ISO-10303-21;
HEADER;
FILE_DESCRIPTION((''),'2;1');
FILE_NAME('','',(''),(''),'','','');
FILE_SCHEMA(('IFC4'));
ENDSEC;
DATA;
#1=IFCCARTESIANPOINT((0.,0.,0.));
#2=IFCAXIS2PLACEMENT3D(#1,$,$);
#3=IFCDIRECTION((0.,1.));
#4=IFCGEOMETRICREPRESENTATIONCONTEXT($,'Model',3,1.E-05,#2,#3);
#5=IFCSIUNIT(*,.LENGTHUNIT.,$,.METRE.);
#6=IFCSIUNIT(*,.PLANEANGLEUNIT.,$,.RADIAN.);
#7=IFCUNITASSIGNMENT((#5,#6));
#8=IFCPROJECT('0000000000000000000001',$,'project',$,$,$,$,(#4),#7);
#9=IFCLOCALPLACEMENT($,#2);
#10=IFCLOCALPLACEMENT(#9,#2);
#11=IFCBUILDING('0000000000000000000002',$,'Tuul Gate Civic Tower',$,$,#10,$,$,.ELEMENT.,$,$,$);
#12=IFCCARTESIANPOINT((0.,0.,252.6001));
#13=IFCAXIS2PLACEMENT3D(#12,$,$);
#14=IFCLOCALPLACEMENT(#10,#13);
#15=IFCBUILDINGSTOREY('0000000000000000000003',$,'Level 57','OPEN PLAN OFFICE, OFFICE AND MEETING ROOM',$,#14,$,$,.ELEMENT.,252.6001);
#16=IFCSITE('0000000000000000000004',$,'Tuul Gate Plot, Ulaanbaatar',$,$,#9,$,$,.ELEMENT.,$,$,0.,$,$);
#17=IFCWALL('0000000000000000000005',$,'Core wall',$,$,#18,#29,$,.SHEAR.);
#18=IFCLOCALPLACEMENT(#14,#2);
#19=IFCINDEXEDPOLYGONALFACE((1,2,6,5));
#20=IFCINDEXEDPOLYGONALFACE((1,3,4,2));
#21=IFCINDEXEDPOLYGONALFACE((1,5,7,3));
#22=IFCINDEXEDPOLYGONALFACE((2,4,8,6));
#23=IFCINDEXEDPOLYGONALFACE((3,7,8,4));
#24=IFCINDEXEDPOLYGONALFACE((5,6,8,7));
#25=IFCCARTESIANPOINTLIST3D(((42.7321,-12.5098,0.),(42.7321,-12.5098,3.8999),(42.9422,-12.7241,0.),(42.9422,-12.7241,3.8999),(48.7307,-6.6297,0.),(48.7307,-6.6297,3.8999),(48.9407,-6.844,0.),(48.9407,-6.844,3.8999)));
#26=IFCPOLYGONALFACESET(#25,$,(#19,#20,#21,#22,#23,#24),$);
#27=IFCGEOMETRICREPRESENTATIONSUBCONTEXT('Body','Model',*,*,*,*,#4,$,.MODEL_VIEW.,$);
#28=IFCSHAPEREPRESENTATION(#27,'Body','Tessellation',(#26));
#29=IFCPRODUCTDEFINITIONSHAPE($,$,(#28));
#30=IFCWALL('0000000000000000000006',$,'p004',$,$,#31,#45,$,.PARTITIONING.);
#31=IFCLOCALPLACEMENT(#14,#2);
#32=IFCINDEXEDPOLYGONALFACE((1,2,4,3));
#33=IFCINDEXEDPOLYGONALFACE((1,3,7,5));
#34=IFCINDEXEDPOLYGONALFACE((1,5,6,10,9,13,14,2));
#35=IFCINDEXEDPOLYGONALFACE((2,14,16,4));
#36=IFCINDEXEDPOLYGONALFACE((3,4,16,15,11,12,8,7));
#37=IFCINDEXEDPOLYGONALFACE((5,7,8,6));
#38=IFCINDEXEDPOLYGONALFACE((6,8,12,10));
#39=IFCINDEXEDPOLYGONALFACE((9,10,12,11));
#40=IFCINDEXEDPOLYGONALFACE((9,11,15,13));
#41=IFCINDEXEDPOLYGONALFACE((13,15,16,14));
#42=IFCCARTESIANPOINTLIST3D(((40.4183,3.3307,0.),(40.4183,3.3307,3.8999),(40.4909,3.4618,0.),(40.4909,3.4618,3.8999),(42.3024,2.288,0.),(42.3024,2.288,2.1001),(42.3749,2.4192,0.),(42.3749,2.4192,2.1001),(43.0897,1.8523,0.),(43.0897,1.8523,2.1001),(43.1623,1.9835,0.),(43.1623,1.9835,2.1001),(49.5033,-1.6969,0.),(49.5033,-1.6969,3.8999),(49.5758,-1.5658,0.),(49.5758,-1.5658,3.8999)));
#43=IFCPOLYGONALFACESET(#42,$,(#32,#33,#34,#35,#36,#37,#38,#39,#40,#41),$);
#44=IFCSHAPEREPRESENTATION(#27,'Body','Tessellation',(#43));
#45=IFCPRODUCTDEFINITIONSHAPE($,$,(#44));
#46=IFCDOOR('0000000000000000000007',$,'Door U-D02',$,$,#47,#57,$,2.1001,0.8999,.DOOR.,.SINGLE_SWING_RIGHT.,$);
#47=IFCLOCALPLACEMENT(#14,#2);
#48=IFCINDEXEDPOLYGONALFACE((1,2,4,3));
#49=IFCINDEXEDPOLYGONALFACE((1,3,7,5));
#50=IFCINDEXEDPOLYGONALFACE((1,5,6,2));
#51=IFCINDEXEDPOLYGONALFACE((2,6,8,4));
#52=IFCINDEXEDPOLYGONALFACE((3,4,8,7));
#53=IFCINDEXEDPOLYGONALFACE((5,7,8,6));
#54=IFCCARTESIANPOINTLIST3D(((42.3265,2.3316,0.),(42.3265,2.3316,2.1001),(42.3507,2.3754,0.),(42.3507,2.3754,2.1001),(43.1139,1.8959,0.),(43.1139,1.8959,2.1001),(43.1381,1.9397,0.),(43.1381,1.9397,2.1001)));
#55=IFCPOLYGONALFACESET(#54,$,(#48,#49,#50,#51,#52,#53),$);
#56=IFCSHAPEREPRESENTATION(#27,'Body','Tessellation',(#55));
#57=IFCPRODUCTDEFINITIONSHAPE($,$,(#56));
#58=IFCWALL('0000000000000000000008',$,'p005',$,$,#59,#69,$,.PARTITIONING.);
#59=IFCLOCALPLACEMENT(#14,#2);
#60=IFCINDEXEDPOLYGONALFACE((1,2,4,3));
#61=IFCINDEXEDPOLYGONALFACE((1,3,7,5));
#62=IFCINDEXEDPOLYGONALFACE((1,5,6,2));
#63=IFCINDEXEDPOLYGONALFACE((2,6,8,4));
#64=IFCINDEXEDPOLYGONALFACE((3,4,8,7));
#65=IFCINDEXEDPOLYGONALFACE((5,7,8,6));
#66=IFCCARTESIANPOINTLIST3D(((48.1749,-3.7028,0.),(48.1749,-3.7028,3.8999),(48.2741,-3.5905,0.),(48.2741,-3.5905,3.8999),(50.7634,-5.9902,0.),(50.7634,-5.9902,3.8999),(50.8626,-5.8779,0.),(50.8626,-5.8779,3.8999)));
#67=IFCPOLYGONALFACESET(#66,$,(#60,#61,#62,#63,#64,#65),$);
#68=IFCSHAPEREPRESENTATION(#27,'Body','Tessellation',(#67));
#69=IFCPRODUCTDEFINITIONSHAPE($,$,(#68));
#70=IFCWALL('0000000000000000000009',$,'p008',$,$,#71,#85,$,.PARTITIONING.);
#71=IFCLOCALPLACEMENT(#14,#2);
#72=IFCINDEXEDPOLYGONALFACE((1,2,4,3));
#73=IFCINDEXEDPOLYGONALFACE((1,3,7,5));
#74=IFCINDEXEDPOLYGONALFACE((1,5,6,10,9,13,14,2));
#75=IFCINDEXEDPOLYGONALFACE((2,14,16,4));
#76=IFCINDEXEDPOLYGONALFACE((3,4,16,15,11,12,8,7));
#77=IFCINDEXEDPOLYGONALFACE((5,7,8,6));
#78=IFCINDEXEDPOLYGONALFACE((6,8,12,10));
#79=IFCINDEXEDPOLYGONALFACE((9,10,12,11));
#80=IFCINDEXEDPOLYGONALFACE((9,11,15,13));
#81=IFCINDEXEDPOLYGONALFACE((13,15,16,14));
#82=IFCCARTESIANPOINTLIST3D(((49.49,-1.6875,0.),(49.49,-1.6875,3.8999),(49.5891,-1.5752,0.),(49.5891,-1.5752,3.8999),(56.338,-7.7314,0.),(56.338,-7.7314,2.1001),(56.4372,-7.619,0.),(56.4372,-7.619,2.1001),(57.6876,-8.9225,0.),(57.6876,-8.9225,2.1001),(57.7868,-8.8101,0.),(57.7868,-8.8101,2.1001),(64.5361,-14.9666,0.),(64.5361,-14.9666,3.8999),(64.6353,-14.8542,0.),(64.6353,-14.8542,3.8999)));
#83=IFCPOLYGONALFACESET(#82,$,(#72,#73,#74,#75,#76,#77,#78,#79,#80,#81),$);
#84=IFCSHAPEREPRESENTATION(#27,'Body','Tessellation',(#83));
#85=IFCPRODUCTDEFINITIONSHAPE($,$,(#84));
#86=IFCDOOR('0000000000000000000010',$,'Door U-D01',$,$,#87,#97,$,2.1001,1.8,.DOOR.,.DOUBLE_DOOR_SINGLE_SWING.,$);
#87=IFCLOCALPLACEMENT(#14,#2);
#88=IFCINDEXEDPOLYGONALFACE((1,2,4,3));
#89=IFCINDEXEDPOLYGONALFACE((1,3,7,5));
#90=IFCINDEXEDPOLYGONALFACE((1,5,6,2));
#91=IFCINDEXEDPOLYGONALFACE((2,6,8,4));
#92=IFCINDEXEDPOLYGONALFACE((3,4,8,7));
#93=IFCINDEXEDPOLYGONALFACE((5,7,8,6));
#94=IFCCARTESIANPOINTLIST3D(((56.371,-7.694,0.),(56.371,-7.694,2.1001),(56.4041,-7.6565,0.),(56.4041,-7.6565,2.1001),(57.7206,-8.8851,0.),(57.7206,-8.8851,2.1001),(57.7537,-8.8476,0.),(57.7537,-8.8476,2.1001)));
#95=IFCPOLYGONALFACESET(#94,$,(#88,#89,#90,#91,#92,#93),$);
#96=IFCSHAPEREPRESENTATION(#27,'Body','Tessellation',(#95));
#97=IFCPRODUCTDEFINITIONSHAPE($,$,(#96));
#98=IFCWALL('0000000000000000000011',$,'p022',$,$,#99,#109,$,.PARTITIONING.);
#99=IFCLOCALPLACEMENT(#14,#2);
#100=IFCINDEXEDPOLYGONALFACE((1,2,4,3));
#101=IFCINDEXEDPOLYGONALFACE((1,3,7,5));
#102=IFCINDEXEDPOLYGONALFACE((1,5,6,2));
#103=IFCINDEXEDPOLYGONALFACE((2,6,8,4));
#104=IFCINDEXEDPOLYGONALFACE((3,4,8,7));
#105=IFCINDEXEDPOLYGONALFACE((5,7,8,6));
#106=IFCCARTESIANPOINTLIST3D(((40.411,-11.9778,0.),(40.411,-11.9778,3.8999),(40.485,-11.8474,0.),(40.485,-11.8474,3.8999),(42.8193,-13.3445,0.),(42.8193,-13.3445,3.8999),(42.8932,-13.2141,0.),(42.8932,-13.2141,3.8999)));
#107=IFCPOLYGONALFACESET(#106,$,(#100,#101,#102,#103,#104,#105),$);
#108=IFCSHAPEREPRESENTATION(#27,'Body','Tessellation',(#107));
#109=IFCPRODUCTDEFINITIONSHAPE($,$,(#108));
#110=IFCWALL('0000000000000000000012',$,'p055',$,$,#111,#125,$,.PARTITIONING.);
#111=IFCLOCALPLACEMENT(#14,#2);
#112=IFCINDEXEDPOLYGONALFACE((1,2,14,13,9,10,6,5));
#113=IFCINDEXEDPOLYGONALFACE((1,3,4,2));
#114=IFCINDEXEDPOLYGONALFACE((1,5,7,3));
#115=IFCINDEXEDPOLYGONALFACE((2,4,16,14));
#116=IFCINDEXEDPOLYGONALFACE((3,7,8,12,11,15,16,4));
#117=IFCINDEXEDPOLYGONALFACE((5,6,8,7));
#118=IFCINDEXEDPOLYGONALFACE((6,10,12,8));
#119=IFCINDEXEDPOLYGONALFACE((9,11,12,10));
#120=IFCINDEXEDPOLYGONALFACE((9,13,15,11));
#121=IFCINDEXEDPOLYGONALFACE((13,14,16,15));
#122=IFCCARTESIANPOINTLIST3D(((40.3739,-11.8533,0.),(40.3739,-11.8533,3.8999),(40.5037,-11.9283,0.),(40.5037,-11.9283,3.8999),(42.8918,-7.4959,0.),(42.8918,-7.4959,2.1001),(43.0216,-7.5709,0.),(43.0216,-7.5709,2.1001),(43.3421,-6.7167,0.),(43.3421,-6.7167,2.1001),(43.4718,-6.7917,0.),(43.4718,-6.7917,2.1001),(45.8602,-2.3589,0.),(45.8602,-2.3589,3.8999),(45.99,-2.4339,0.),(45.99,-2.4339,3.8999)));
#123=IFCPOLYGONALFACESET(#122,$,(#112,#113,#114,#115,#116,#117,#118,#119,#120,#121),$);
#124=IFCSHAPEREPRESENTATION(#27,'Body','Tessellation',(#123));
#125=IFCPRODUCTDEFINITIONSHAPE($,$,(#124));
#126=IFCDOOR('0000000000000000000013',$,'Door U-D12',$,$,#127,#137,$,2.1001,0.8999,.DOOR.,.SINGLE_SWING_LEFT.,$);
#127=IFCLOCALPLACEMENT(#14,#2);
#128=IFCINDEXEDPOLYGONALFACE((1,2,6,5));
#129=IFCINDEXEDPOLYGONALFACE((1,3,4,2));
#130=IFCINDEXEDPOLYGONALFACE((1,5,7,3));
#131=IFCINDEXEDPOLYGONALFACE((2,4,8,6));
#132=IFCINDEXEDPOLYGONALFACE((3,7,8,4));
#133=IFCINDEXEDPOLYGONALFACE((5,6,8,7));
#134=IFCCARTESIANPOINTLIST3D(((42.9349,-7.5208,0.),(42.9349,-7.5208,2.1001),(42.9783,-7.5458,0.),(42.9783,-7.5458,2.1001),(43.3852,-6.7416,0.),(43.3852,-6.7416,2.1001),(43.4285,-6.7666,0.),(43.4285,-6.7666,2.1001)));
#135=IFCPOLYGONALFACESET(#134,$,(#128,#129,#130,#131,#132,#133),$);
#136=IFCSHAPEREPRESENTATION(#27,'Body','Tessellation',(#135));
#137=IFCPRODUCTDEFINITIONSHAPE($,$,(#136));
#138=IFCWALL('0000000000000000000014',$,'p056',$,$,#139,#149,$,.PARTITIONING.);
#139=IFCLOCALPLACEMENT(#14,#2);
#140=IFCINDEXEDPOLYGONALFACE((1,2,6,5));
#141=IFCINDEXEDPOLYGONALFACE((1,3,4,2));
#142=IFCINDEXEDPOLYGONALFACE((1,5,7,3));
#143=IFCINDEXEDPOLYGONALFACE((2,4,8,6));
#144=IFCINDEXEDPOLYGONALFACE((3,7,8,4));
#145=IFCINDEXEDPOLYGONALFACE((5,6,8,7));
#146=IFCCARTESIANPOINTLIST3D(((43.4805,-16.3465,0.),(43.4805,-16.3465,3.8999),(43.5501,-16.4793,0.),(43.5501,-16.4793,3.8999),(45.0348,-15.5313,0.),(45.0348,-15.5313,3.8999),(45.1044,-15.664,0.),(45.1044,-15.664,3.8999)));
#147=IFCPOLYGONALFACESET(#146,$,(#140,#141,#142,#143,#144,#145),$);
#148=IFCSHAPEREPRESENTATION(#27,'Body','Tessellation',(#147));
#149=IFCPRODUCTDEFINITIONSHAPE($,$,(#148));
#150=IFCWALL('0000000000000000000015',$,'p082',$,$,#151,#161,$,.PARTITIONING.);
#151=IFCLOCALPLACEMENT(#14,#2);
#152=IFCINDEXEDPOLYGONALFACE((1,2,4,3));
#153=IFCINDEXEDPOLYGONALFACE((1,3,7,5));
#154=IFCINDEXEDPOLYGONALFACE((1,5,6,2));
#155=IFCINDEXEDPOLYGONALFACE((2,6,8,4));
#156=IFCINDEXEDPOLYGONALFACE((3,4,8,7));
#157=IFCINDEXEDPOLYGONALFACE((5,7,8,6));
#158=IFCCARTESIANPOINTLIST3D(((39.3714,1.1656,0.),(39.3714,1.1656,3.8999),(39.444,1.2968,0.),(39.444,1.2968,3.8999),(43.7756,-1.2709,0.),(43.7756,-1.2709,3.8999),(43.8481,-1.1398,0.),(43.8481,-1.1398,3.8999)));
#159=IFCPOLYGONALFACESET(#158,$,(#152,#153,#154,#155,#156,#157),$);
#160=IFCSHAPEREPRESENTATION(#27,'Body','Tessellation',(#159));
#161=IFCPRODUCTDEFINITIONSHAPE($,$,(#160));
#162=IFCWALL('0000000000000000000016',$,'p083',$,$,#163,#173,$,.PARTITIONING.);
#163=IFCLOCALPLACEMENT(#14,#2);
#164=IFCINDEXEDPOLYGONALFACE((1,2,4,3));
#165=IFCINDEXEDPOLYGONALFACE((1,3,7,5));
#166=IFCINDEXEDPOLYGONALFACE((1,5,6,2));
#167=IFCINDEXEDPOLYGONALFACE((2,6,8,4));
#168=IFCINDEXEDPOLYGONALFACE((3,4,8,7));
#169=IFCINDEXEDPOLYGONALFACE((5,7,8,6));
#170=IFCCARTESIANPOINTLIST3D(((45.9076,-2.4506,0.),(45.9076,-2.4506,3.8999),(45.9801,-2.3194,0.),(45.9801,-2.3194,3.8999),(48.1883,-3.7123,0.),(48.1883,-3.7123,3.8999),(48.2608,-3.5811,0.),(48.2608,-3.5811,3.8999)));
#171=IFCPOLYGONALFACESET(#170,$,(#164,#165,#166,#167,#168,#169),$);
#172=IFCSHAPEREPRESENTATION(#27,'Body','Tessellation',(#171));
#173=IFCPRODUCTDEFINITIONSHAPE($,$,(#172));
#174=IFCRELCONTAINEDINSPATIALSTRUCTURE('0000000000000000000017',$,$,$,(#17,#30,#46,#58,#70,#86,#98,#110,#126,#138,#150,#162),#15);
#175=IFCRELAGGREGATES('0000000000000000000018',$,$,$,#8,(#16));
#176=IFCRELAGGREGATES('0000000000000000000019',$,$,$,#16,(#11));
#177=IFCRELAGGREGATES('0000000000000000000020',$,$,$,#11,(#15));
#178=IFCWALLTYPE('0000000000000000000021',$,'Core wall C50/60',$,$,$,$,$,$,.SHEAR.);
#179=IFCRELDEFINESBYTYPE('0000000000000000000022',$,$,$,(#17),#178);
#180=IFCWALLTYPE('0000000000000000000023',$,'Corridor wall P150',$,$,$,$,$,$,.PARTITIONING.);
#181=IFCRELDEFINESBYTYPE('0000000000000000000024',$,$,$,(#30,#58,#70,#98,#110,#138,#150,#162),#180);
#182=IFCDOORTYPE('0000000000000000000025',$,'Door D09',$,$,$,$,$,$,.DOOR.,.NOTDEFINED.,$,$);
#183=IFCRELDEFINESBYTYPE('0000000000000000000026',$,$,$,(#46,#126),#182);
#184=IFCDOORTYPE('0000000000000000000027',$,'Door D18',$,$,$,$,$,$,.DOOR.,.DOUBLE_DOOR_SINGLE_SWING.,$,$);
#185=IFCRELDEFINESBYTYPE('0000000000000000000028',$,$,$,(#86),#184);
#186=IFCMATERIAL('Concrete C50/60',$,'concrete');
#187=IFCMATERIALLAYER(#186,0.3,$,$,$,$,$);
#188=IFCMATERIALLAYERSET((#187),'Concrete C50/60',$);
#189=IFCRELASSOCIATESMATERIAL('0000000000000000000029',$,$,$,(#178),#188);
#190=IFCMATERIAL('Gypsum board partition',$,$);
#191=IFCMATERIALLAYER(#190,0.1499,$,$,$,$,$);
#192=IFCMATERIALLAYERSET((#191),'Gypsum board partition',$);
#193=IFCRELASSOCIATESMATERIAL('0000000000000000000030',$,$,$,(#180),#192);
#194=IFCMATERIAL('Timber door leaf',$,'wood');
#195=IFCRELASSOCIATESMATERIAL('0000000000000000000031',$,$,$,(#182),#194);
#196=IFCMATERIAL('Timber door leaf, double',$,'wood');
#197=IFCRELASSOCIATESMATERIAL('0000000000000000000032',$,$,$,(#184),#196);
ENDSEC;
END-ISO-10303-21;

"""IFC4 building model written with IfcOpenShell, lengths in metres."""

from ifc_helpers import new_model, si_unit, direction, frame, frame_2d, origin, place, context, subcontext, project, spatial, rectangle, extrude, material, layer, layer_set, type_object, element, fill, save


model = new_model("IFC4")

# Units and contexts
model_context = context("Model", 3, precision=1e-05, world=origin(), true_north=direction((0.0, 1.0)))
body_context = subcontext(model_context, "Body", "Model", "MODEL_VIEW")
ifc_project = project(units=[si_unit("LENGTHUNIT", "METRE"), si_unit("PLANEANGLEUNIT", "RADIAN")], contexts=[model_context])

# Site, building, storey
site_placement = place(None, origin())
site = spatial("IfcSite", under=ifc_project, at=site_placement, Name="Tuul Gate Plot, Ulaanbaatar", CompositionType="ELEMENT", RefElevation=0.0)
building_placement = place(site_placement, origin())
building = spatial("IfcBuilding", under=site, at=building_placement, Name="Tuul Gate Civic Tower", CompositionType="ELEMENT")
storey_placement = place(building_placement, frame((0.0, 0.0, 252.6001)))
storey = spatial("IfcBuildingStorey", under=building, at=storey_placement, Name="Level 57", Description="OPEN PLAN OFFICE, OFFICE AND MEETING ROOM", CompositionType="ELEMENT", Elevation=252.6001)

# Shared definitions
ifc_material_1 = material(Name="Concrete C50/60", Category="concrete")
ifc_layer_1 = layer(ifc_material_1, 0.3)
ifc_layer_set_1 = layer_set([ifc_layer_1], Name="Concrete C50/60")
wall_type_1 = type_object("IfcWallType", Name="Core wall C50/60", PredefinedType="SHEAR", material=ifc_layer_set_1)

# Wall
wall_1_placement = place(storey_placement, frame((42.8372, -12.6169, 0.0), z_axis=(0.0, 0.0, 1.0), x_axis=(0.71412, 0.700023, 0.0)))
element("IfcWall", 1, at=wall_1_placement, inside=storey, type_object=wall_type_1, Name="Core wall", PredefinedType="SHEAR", context=body_context, shape_type="SweptSolid", body=[
    extrude(rectangle(XDim=8.3999, YDim=0.3, at=frame_2d((4.2, 0.0))), origin(), (0.0, 0.0, 1.0), 3.8999),
])

# Wall, opening, door
ifc_material_2 = material(Name="Gypsum board partition")
ifc_layer_2 = layer(ifc_material_2, 0.1499)
ifc_layer_set_2 = layer_set([ifc_layer_2], Name="Gypsum board partition")
wall_type_2 = type_object("IfcWallType", Name="Corridor wall P150", PredefinedType="PARTITIONING", material=ifc_layer_set_2)
wall_2_placement = place(storey_placement, frame((40.4546, 3.3962, 0.0), z_axis=(0.0, 0.0, 1.0), x_axis=(0.874958, -0.484199, 0.0)))
wall_2 = element("IfcWall", 2, at=wall_2_placement, inside=storey, type_object=wall_type_2, Name="p004", PredefinedType="PARTITIONING", context=body_context, shape_type="SweptSolid", body=[
    extrude(rectangle(XDim=10.3833, YDim=0.1499, at=frame_2d((5.1917, 0.0))), origin(), (0.0, 0.0, 1.0), 3.8999),
])
opening_1_placement = place(wall_2_placement, frame((2.1533, 0.0, 0.0)))
opening_1 = element("IfcOpeningElement", 3, at=opening_1_placement, cuts=wall_2, PredefinedType="OPENING", context=body_context, shape_type="SweptSolid", body=[
    extrude(rectangle(XDim=0.8999, YDim=2.1001, at=frame_2d((0.45, 1.05))), frame((0.0, 0.085, 0.0), z_axis=(0.0, -1.0, 0.0), x_axis=(1.0, 0.0, 0.0)), (0.0, 0.0, 1.0), 0.1699),
])
ifc_material_3 = material(Name="Timber door leaf", Category="wood")
door_type_1 = type_object("IfcDoorType", Name="Door D09", OperationType="NOTDEFINED", PredefinedType="DOOR", material=ifc_material_3)
door_1_placement = place(opening_1_placement, origin())
door_1 = element("IfcDoor", 4, at=door_1_placement, inside=storey, type_object=door_type_1, Name="Door U-D02", OperationType="SINGLE_SWING_RIGHT", OverallHeight=2.1001, OverallWidth=0.8999, PredefinedType="DOOR", context=body_context, shape_type="SweptSolid", body=[
    extrude(rectangle(XDim=0.8999, YDim=2.1001, at=frame_2d((0.45, 1.05))), frame((0.0, 0.0249, 0.0), z_axis=(0.0, -1.0, 0.0), x_axis=(1.0, 0.0, 0.0)), (0.0, 0.0, 1.0), 0.05),
])
fill(opening_1, door_1)

# Wall
wall_3_placement = place(storey_placement, frame((48.2246, -3.6467, 0.0), z_axis=(0.0, 0.0, 1.0), x_axis=(0.749336, -0.662189, 0.0)))
element("IfcWall", 5, at=wall_3_placement, inside=storey, type_object=wall_type_2, Name="p005", PredefinedType="PARTITIONING", context=body_context, shape_type="SweptSolid", body=[
    extrude(rectangle(XDim=3.4543, YDim=0.1499, at=frame_2d((1.7271, 0.0))), origin(), (0.0, 0.0, 1.0), 3.8999),
])

# Wall, opening, door
wall_4_placement = place(storey_placement, frame((49.5396, -1.6313, 0.0), z_axis=(0.0, 0.0, 1.0), x_axis=(0.749763, -0.661707, 0.0)))
wall_4 = element("IfcWall", 6, at=wall_4_placement, inside=storey, type_object=wall_type_2, Name="p008", PredefinedType="PARTITIONING", context=body_context, shape_type="SweptSolid", body=[
    extrude(rectangle(XDim=20.0679, YDim=0.1499, at=frame_2d((10.0339, 0.0))), origin(), (0.0, 0.0, 1.0), 3.8999),
])
opening_2_placement = place(wall_4_placement, frame((9.1338, 0.0, 0.0)))
opening_2 = element("IfcOpeningElement", 7, at=opening_2_placement, cuts=wall_4, PredefinedType="OPENING", context=body_context, shape_type="SweptSolid", body=[
    extrude(rectangle(XDim=1.8, YDim=2.1001, at=frame_2d((0.8999, 1.05))), frame((0.0, 0.085, 0.0), z_axis=(0.0, -1.0, 0.0), x_axis=(1.0, 0.0, 0.0)), (0.0, 0.0, 1.0), 0.1699),
])
ifc_material_4 = material(Name="Timber door leaf, double", Category="wood")
door_type_2 = type_object("IfcDoorType", Name="Door D18", OperationType="DOUBLE_DOOR_SINGLE_SWING", PredefinedType="DOOR", material=ifc_material_4)
door_2_placement = place(opening_2_placement, origin())
door_2 = element("IfcDoor", 8, at=door_2_placement, inside=storey, type_object=door_type_2, Name="Door U-D01", OperationType="DOUBLE_DOOR_SINGLE_SWING", OverallHeight=2.1001, OverallWidth=1.8, PredefinedType="DOOR", context=body_context, shape_type="SweptSolid", body=[
    extrude(rectangle(XDim=1.8, YDim=2.1001, at=frame_2d((0.8999, 1.05))), frame((0.0, 0.0249, 0.0), z_axis=(0.0, -1.0, 0.0), x_axis=(1.0, 0.0, 0.0)), (0.0, 0.0, 1.0), 0.05),
])
fill(opening_2, door_2)

# Wall
wall_5_placement = place(storey_placement, frame((40.448, -11.9126, 0.0), z_axis=(0.0, 0.0, 1.0), x_axis=(0.869704, -0.493573, 0.0)))
element("IfcWall", 9, at=wall_5_placement, inside=storey, type_object=wall_type_2, Name="p022", PredefinedType="PARTITIONING", context=body_context, shape_type="SweptSolid", body=[
    extrude(rectangle(XDim=2.769, YDim=0.1499, at=frame_2d((1.3845, 0.0))), origin(), (0.0, 0.0, 1.0), 3.8999),
])

# Wall, opening, door
wall_6_placement = place(storey_placement, frame((40.4387, -11.8909, 0.0), z_axis=(0.0, 0.0, 1.0), x_axis=(0.500324, 0.865838, 0.0)))
wall_6 = element("IfcWall", 10, at=wall_6_placement, inside=storey, type_object=wall_type_2, Name="p055", PredefinedType="PARTITIONING", context=body_context, shape_type="SweptSolid", body=[
    extrude(rectangle(XDim=10.9656, YDim=0.1499, at=frame_2d((5.4829, 0.0))), origin(), (0.0, 0.0, 1.0), 3.8999),
])
opening_3_placement = place(wall_6_placement, frame((5.0327, 0.0, 0.0)))
opening_3 = element("IfcOpeningElement", 11, at=opening_3_placement, cuts=wall_6, PredefinedType="OPENING", context=body_context, shape_type="SweptSolid", body=[
    extrude(rectangle(XDim=0.8999, YDim=2.1001, at=frame_2d((0.45, 1.05))), frame((0.0, 0.085, 0.0), z_axis=(0.0, -1.0, 0.0), x_axis=(1.0, 0.0, 0.0)), (0.0, 0.0, 1.0), 0.1699),
])
door_3_placement = place(opening_3_placement, frame((0.8999, 0.0, 0.0), z_axis=(0.0, 0.0, 1.0), x_axis=(-1.0, 0.0, 0.0)))
door_3 = element("IfcDoor", 12, at=door_3_placement, inside=storey, type_object=door_type_1, Name="Door U-D12", OperationType="SINGLE_SWING_LEFT", OverallHeight=2.1001, OverallWidth=0.8999, PredefinedType="DOOR", context=body_context, shape_type="SweptSolid", body=[
    extrude(rectangle(XDim=0.8999, YDim=2.1001, at=frame_2d((0.45, 1.05))), frame((0.0, 0.0249, 0.0), z_axis=(0.0, -1.0, 0.0), x_axis=(1.0, 0.0, 0.0)), (0.0, 0.0, 1.0), 0.05),
])
fill(opening_3, door_3)

# Walls
wall_7_placement = place(storey_placement, frame((43.5154, -16.4128, 0.0), z_axis=(0.0, 0.0, 1.0), x_axis=(0.885578, 0.46449, 0.0)))
element("IfcWall", 13, at=wall_7_placement, inside=storey, type_object=wall_type_2, Name="p056", PredefinedType="PARTITIONING", context=body_context, shape_type="SweptSolid", body=[
    extrude(rectangle(XDim=1.7551, YDim=0.1499, at=frame_2d((0.8774, 0.0))), origin(), (0.0, 0.0, 1.0), 3.8999),
])
wall_8_placement = place(storey_placement, frame((39.4077, 1.2312, 0.0), z_axis=(0.0, 0.0, 1.0), x_axis=(0.875014, -0.484098, 0.0)))
element("IfcWall", 14, at=wall_8_placement, inside=storey, type_object=wall_type_2, Name="p082", PredefinedType="PARTITIONING", context=body_context, shape_type="SweptSolid", body=[
    extrude(rectangle(XDim=5.0332, YDim=0.1499, at=frame_2d((2.5166, 0.0))), origin(), (0.0, 0.0, 1.0), 3.8999),
])
wall_9_placement = place(storey_placement, frame((45.9438, -2.385, 0.0), z_axis=(0.0, 0.0, 1.0), x_axis=(0.875031, -0.484067, 0.0)))
element("IfcWall", 15, at=wall_9_placement, inside=storey, type_object=wall_type_2, Name="p083", PredefinedType="PARTITIONING", context=body_context, shape_type="SweptSolid", body=[
    extrude(rectangle(XDim=2.6064, YDim=0.1499, at=frame_2d((1.3032, 0.0))), origin(), (0.0, 0.0, 1.0), 3.8999),
])

save(model, "model.ifc")
